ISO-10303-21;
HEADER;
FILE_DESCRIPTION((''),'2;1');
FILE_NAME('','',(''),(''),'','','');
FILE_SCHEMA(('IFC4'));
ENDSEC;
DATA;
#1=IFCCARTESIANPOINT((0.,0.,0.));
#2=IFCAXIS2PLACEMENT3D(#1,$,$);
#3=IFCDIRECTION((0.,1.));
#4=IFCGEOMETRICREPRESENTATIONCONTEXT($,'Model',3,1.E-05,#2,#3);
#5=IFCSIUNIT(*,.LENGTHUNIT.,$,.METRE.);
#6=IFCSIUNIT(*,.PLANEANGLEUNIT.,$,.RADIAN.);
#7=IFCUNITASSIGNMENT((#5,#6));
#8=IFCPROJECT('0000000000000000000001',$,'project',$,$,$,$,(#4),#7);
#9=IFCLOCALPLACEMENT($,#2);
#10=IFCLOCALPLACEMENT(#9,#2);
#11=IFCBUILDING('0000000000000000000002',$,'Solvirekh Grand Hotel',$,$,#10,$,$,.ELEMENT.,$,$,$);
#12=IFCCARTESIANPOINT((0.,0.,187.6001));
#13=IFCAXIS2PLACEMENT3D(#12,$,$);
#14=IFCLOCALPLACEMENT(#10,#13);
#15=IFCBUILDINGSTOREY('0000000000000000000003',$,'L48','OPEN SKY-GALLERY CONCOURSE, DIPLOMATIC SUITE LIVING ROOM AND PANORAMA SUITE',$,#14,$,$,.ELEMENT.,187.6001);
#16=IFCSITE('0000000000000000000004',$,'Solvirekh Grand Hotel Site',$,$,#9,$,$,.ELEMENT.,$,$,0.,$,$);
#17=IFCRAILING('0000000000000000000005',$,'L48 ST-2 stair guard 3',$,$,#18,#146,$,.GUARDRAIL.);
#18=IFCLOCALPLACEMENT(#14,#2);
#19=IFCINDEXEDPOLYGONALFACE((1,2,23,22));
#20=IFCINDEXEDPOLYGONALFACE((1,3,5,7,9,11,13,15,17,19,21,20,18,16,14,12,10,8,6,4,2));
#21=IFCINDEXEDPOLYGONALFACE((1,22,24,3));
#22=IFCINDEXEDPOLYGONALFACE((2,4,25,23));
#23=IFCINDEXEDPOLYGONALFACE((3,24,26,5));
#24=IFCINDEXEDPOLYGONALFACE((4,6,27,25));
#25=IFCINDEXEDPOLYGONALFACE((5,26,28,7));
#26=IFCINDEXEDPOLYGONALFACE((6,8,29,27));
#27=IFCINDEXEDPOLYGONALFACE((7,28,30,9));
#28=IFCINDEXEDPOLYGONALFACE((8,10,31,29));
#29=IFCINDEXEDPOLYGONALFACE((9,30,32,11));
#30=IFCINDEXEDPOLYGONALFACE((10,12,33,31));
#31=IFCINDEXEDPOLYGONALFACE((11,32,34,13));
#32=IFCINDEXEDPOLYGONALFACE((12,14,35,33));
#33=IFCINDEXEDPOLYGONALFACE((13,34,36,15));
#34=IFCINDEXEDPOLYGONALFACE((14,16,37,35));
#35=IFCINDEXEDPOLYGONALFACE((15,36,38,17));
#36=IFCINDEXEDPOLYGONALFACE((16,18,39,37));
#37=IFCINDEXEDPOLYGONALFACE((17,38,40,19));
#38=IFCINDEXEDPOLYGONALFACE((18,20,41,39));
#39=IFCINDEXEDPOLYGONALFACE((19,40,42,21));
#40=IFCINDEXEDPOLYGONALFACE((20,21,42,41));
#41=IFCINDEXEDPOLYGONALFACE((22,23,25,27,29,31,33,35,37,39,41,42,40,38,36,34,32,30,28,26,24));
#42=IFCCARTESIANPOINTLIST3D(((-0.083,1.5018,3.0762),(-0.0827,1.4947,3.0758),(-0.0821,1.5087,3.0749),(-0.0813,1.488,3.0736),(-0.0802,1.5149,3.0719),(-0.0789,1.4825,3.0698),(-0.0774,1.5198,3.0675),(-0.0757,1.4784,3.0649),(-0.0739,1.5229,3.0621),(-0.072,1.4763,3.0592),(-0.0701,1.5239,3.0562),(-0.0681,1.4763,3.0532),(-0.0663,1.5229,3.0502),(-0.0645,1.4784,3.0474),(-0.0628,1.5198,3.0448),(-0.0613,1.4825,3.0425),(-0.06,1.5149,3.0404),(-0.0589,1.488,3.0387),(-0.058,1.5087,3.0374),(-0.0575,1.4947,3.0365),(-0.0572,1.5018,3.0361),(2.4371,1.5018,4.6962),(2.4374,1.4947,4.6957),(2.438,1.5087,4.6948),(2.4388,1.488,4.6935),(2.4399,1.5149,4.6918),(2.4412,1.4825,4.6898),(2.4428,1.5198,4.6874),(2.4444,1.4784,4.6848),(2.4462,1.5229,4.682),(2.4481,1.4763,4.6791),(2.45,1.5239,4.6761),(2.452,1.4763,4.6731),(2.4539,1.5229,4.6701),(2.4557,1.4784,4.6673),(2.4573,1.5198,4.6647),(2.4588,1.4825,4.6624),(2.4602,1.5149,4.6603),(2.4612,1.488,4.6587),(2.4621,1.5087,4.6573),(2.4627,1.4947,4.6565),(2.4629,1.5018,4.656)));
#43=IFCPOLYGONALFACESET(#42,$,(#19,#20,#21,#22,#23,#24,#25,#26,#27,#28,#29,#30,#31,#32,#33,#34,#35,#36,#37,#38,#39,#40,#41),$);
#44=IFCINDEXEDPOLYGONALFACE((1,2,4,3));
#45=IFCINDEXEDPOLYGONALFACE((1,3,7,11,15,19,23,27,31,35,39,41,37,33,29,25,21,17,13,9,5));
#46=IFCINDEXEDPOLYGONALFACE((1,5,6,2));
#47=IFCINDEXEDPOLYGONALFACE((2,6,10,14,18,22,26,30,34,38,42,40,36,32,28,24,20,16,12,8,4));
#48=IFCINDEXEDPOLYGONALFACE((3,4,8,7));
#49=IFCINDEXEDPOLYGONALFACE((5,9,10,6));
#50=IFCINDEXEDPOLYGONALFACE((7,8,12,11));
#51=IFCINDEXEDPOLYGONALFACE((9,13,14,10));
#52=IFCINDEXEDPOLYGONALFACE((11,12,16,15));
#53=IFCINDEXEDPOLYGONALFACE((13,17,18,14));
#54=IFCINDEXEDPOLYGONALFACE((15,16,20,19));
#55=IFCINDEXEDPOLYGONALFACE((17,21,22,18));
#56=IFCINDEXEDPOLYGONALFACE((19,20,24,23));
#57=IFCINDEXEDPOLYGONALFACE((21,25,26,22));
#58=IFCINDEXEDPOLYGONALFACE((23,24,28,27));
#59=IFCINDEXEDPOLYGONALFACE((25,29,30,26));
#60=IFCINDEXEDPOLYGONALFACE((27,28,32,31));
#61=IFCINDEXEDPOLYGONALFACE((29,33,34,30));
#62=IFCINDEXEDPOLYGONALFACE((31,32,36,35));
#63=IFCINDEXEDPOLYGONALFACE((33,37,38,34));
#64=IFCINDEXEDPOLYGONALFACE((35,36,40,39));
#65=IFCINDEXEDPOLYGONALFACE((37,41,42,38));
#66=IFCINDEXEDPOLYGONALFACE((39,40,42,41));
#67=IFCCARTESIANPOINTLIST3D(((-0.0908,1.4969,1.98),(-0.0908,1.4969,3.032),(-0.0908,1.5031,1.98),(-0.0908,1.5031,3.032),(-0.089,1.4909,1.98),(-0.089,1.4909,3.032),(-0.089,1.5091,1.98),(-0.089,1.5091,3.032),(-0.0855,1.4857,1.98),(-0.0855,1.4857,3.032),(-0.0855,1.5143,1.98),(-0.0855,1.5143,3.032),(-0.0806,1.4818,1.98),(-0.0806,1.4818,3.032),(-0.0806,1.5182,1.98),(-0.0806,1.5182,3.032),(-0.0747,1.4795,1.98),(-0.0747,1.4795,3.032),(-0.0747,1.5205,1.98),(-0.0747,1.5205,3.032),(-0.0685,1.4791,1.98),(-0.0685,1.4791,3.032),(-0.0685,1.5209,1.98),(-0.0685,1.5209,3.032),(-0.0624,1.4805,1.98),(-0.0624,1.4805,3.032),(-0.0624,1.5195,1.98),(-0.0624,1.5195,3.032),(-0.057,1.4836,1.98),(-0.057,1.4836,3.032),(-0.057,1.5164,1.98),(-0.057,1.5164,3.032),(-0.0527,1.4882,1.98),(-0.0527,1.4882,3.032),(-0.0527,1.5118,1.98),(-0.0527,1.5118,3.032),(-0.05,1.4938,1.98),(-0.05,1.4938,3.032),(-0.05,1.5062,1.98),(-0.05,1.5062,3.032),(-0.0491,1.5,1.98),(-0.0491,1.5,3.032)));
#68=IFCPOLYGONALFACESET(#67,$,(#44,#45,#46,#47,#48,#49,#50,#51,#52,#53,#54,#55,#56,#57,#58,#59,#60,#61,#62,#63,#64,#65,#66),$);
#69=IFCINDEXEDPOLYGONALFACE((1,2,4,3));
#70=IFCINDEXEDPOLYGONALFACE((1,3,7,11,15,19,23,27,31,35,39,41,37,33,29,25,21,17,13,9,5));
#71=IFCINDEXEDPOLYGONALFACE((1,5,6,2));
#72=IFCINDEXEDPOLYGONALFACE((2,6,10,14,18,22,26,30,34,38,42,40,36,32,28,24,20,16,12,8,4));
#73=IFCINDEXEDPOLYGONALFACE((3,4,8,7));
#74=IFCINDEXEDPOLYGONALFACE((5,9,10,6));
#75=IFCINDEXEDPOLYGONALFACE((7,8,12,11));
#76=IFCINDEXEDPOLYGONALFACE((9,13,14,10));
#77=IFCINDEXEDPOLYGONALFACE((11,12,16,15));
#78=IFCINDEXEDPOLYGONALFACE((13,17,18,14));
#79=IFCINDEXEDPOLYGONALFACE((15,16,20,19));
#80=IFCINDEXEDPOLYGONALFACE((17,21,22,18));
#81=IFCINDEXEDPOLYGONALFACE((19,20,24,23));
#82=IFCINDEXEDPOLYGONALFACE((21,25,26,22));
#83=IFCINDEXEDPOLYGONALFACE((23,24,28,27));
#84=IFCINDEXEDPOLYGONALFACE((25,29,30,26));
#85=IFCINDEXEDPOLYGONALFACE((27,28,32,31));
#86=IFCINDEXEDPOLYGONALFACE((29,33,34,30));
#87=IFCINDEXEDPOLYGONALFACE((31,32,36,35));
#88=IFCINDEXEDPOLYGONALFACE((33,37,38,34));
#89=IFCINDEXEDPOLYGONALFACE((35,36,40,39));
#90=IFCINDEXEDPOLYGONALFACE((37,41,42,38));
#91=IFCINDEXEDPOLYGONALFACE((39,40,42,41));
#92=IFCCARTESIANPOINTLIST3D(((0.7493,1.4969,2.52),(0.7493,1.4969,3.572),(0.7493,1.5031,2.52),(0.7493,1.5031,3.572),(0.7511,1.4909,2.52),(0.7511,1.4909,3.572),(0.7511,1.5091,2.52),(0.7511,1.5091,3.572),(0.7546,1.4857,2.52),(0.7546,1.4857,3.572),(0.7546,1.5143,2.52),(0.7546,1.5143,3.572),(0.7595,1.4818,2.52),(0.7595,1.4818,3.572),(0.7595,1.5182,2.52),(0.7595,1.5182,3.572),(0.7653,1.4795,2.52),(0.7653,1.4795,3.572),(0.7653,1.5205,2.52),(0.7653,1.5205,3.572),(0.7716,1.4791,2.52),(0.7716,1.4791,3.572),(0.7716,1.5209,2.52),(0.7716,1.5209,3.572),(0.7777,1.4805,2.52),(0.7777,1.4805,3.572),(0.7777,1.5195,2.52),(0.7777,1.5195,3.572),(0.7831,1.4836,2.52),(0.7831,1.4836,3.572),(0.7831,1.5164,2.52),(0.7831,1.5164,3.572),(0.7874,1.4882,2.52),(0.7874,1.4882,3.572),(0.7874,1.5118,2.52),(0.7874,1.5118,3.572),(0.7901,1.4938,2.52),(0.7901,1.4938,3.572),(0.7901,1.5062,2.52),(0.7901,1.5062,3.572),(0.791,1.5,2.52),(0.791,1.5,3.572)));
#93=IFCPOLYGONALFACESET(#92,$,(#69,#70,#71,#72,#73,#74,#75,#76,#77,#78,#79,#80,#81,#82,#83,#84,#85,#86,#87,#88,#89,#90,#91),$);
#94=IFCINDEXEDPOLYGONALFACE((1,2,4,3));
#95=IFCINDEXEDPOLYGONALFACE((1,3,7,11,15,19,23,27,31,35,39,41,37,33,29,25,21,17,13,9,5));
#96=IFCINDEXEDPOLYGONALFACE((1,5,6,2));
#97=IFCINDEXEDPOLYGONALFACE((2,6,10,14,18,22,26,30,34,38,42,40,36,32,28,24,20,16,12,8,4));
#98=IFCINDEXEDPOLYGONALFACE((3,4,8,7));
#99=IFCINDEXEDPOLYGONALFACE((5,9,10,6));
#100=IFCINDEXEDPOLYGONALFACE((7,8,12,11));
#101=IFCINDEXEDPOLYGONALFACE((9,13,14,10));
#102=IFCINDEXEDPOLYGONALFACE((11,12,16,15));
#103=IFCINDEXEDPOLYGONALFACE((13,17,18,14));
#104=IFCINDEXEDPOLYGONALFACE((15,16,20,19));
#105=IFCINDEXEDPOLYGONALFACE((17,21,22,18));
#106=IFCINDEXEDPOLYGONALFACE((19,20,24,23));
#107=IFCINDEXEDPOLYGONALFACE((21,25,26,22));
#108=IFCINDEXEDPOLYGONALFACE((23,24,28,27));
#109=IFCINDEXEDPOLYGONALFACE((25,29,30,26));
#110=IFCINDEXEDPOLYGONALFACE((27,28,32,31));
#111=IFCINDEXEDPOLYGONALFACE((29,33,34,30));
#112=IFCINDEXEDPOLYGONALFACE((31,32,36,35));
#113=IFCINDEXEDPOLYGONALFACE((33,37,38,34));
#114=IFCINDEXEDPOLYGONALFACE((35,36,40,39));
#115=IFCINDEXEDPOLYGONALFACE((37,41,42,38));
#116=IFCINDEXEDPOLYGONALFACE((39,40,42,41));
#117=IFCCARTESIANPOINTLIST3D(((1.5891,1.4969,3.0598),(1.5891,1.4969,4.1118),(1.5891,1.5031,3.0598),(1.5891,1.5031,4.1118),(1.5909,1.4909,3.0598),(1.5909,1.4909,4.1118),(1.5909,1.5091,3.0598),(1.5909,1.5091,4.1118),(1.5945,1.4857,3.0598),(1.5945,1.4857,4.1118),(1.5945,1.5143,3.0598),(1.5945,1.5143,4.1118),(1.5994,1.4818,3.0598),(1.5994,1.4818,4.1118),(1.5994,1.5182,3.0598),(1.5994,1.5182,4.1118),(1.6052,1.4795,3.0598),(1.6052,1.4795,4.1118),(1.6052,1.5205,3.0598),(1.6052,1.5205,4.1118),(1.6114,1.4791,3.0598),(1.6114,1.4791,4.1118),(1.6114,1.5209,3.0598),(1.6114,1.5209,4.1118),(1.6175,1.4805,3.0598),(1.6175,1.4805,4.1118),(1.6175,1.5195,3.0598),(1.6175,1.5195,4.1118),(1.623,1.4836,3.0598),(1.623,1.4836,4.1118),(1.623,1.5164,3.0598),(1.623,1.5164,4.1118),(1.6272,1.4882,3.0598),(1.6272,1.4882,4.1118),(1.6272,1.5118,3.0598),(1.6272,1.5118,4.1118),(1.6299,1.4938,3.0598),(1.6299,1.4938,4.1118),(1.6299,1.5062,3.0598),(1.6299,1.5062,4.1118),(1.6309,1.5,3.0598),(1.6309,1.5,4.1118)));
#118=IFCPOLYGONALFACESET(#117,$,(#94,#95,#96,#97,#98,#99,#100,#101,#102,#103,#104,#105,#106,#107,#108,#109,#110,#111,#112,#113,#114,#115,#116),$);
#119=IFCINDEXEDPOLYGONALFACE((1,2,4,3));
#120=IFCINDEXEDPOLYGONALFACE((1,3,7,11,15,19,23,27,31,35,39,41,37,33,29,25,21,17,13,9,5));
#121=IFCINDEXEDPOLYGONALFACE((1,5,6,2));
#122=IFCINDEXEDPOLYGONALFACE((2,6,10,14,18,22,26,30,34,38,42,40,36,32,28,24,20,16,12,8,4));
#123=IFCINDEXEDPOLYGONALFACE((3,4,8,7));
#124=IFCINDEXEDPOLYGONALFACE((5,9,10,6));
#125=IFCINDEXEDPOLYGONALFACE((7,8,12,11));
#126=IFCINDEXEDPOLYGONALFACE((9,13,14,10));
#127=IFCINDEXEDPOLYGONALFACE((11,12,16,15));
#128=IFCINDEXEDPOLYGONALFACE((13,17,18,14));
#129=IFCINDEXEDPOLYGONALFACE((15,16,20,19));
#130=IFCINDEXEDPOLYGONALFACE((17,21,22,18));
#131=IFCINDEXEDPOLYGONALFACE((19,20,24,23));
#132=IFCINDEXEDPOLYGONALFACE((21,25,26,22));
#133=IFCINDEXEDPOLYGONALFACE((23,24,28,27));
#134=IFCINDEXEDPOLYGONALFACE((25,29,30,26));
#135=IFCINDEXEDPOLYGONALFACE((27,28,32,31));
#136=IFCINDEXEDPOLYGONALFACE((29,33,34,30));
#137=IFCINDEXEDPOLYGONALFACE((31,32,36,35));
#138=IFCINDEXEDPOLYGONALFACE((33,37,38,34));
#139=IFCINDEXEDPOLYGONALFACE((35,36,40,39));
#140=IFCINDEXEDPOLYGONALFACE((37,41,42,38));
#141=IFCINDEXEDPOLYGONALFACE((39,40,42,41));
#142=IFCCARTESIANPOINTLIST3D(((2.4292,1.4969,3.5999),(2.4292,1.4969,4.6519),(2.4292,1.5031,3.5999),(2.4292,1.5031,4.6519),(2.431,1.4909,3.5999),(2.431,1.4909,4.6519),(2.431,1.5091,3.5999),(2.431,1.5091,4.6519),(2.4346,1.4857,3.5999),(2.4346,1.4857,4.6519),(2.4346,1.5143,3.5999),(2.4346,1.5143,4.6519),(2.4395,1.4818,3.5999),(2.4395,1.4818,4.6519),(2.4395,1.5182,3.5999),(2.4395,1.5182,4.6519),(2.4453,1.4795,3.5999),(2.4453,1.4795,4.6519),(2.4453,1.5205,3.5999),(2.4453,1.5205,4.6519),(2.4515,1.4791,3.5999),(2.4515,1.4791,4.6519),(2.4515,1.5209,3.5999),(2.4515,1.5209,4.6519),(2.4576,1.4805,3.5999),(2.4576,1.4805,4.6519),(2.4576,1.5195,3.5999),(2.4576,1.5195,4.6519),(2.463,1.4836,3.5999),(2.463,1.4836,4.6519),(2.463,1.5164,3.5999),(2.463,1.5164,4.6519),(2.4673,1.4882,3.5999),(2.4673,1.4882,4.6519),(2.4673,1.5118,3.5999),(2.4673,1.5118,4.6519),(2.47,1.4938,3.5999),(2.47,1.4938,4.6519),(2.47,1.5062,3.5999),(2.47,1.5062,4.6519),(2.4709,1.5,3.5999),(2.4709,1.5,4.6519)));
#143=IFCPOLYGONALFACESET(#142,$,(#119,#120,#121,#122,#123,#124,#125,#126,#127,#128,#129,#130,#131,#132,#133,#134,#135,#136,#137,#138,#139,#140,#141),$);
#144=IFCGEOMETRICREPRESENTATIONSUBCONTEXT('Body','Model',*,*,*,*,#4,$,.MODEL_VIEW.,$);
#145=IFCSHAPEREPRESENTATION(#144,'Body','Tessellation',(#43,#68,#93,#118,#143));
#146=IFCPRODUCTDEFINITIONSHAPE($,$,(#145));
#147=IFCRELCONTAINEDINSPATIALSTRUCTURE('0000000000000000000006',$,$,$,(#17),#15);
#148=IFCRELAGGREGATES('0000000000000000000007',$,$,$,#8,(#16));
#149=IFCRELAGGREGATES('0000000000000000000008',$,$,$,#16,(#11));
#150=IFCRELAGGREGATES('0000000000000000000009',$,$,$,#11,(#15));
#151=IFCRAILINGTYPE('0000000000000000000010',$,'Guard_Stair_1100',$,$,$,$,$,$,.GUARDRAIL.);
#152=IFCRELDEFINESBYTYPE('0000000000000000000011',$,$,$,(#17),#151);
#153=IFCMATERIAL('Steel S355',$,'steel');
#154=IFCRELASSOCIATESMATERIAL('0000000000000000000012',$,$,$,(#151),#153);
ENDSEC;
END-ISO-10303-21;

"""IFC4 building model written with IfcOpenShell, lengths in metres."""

from ifc_helpers import new_model, si_unit, direction, frame, origin, origin_2d, place, context, subcontext, project, spatial, circle, extrude, material, type_object, element, save


model = new_model("IFC4")

# Units and contexts
model_context = context("Model", 3, precision=1e-05, world=origin(), true_north=direction((0.0, 1.0)))
body_context = subcontext(model_context, "Body", "Model", "MODEL_VIEW")
ifc_project = project(units=[si_unit("LENGTHUNIT", "METRE"), si_unit("PLANEANGLEUNIT", "RADIAN")], contexts=[model_context])

# Site, building, storey
site_placement = place(None, origin())
site = spatial("IfcSite", under=ifc_project, at=site_placement, Name="Solvirekh Grand Hotel Site", CompositionType="ELEMENT", RefElevation=0.0)
building_placement = place(site_placement, origin())
building = spatial("IfcBuilding", under=site, at=building_placement, Name="Solvirekh Grand Hotel", CompositionType="ELEMENT")
storey_placement = place(building_placement, frame((0.0, 0.0, 187.6001)))
storey = spatial("IfcBuildingStorey", under=building, at=storey_placement, Name="L48", Description="OPEN SKY-GALLERY CONCOURSE, DIPLOMATIC SUITE LIVING ROOM AND PANORAMA SUITE", CompositionType="ELEMENT", Elevation=187.6001)

# Shared definitions
ifc_material_1 = material(Name="Steel S355", Category="steel")

# Railing
railing_type_1 = type_object("IfcRailingType", Name="Guard_Stair_1100", PredefinedType="GUARDRAIL", material=ifc_material_1)
railing_1_placement = place(storey_placement, frame((-0.0701, 1.5, 1.98)))
element("IfcRailing", 1, at=railing_1_placement, inside=storey, type_object=railing_type_1, Name="L48 ST-2 stair guard 3", PredefinedType="GUARDRAIL", context=body_context, shape_type="SweptSolid", body=[
    extrude(circle(Radius=0.0239, at=origin_2d()), frame((0.0, 0.0, 1.0762), z_axis=(0.8412, 0.0, 0.540725), x_axis=(0.0, 1.0, 0.0)), (0.0, 0.0, 1.0), 2.9958),
    extrude(circle(Radius=0.021, at=origin_2d()), origin(), (0.0, 0.0, 1.0), 1.052),
    extrude(circle(Radius=0.021, at=origin_2d()), frame((0.8401, 0.0, 0.54)), (0.0, 0.0, 1.0), 1.052),
    extrude(circle(Radius=0.021, at=origin_2d()), frame((1.6799, 0.0, 1.0798)), (0.0, 0.0, 1.0), 1.052),
    extrude(circle(Radius=0.021, at=origin_2d()), frame((2.52, 0.0, 1.6199)), (0.0, 0.0, 1.0), 1.052),
])

save(model, "model.ifc")
